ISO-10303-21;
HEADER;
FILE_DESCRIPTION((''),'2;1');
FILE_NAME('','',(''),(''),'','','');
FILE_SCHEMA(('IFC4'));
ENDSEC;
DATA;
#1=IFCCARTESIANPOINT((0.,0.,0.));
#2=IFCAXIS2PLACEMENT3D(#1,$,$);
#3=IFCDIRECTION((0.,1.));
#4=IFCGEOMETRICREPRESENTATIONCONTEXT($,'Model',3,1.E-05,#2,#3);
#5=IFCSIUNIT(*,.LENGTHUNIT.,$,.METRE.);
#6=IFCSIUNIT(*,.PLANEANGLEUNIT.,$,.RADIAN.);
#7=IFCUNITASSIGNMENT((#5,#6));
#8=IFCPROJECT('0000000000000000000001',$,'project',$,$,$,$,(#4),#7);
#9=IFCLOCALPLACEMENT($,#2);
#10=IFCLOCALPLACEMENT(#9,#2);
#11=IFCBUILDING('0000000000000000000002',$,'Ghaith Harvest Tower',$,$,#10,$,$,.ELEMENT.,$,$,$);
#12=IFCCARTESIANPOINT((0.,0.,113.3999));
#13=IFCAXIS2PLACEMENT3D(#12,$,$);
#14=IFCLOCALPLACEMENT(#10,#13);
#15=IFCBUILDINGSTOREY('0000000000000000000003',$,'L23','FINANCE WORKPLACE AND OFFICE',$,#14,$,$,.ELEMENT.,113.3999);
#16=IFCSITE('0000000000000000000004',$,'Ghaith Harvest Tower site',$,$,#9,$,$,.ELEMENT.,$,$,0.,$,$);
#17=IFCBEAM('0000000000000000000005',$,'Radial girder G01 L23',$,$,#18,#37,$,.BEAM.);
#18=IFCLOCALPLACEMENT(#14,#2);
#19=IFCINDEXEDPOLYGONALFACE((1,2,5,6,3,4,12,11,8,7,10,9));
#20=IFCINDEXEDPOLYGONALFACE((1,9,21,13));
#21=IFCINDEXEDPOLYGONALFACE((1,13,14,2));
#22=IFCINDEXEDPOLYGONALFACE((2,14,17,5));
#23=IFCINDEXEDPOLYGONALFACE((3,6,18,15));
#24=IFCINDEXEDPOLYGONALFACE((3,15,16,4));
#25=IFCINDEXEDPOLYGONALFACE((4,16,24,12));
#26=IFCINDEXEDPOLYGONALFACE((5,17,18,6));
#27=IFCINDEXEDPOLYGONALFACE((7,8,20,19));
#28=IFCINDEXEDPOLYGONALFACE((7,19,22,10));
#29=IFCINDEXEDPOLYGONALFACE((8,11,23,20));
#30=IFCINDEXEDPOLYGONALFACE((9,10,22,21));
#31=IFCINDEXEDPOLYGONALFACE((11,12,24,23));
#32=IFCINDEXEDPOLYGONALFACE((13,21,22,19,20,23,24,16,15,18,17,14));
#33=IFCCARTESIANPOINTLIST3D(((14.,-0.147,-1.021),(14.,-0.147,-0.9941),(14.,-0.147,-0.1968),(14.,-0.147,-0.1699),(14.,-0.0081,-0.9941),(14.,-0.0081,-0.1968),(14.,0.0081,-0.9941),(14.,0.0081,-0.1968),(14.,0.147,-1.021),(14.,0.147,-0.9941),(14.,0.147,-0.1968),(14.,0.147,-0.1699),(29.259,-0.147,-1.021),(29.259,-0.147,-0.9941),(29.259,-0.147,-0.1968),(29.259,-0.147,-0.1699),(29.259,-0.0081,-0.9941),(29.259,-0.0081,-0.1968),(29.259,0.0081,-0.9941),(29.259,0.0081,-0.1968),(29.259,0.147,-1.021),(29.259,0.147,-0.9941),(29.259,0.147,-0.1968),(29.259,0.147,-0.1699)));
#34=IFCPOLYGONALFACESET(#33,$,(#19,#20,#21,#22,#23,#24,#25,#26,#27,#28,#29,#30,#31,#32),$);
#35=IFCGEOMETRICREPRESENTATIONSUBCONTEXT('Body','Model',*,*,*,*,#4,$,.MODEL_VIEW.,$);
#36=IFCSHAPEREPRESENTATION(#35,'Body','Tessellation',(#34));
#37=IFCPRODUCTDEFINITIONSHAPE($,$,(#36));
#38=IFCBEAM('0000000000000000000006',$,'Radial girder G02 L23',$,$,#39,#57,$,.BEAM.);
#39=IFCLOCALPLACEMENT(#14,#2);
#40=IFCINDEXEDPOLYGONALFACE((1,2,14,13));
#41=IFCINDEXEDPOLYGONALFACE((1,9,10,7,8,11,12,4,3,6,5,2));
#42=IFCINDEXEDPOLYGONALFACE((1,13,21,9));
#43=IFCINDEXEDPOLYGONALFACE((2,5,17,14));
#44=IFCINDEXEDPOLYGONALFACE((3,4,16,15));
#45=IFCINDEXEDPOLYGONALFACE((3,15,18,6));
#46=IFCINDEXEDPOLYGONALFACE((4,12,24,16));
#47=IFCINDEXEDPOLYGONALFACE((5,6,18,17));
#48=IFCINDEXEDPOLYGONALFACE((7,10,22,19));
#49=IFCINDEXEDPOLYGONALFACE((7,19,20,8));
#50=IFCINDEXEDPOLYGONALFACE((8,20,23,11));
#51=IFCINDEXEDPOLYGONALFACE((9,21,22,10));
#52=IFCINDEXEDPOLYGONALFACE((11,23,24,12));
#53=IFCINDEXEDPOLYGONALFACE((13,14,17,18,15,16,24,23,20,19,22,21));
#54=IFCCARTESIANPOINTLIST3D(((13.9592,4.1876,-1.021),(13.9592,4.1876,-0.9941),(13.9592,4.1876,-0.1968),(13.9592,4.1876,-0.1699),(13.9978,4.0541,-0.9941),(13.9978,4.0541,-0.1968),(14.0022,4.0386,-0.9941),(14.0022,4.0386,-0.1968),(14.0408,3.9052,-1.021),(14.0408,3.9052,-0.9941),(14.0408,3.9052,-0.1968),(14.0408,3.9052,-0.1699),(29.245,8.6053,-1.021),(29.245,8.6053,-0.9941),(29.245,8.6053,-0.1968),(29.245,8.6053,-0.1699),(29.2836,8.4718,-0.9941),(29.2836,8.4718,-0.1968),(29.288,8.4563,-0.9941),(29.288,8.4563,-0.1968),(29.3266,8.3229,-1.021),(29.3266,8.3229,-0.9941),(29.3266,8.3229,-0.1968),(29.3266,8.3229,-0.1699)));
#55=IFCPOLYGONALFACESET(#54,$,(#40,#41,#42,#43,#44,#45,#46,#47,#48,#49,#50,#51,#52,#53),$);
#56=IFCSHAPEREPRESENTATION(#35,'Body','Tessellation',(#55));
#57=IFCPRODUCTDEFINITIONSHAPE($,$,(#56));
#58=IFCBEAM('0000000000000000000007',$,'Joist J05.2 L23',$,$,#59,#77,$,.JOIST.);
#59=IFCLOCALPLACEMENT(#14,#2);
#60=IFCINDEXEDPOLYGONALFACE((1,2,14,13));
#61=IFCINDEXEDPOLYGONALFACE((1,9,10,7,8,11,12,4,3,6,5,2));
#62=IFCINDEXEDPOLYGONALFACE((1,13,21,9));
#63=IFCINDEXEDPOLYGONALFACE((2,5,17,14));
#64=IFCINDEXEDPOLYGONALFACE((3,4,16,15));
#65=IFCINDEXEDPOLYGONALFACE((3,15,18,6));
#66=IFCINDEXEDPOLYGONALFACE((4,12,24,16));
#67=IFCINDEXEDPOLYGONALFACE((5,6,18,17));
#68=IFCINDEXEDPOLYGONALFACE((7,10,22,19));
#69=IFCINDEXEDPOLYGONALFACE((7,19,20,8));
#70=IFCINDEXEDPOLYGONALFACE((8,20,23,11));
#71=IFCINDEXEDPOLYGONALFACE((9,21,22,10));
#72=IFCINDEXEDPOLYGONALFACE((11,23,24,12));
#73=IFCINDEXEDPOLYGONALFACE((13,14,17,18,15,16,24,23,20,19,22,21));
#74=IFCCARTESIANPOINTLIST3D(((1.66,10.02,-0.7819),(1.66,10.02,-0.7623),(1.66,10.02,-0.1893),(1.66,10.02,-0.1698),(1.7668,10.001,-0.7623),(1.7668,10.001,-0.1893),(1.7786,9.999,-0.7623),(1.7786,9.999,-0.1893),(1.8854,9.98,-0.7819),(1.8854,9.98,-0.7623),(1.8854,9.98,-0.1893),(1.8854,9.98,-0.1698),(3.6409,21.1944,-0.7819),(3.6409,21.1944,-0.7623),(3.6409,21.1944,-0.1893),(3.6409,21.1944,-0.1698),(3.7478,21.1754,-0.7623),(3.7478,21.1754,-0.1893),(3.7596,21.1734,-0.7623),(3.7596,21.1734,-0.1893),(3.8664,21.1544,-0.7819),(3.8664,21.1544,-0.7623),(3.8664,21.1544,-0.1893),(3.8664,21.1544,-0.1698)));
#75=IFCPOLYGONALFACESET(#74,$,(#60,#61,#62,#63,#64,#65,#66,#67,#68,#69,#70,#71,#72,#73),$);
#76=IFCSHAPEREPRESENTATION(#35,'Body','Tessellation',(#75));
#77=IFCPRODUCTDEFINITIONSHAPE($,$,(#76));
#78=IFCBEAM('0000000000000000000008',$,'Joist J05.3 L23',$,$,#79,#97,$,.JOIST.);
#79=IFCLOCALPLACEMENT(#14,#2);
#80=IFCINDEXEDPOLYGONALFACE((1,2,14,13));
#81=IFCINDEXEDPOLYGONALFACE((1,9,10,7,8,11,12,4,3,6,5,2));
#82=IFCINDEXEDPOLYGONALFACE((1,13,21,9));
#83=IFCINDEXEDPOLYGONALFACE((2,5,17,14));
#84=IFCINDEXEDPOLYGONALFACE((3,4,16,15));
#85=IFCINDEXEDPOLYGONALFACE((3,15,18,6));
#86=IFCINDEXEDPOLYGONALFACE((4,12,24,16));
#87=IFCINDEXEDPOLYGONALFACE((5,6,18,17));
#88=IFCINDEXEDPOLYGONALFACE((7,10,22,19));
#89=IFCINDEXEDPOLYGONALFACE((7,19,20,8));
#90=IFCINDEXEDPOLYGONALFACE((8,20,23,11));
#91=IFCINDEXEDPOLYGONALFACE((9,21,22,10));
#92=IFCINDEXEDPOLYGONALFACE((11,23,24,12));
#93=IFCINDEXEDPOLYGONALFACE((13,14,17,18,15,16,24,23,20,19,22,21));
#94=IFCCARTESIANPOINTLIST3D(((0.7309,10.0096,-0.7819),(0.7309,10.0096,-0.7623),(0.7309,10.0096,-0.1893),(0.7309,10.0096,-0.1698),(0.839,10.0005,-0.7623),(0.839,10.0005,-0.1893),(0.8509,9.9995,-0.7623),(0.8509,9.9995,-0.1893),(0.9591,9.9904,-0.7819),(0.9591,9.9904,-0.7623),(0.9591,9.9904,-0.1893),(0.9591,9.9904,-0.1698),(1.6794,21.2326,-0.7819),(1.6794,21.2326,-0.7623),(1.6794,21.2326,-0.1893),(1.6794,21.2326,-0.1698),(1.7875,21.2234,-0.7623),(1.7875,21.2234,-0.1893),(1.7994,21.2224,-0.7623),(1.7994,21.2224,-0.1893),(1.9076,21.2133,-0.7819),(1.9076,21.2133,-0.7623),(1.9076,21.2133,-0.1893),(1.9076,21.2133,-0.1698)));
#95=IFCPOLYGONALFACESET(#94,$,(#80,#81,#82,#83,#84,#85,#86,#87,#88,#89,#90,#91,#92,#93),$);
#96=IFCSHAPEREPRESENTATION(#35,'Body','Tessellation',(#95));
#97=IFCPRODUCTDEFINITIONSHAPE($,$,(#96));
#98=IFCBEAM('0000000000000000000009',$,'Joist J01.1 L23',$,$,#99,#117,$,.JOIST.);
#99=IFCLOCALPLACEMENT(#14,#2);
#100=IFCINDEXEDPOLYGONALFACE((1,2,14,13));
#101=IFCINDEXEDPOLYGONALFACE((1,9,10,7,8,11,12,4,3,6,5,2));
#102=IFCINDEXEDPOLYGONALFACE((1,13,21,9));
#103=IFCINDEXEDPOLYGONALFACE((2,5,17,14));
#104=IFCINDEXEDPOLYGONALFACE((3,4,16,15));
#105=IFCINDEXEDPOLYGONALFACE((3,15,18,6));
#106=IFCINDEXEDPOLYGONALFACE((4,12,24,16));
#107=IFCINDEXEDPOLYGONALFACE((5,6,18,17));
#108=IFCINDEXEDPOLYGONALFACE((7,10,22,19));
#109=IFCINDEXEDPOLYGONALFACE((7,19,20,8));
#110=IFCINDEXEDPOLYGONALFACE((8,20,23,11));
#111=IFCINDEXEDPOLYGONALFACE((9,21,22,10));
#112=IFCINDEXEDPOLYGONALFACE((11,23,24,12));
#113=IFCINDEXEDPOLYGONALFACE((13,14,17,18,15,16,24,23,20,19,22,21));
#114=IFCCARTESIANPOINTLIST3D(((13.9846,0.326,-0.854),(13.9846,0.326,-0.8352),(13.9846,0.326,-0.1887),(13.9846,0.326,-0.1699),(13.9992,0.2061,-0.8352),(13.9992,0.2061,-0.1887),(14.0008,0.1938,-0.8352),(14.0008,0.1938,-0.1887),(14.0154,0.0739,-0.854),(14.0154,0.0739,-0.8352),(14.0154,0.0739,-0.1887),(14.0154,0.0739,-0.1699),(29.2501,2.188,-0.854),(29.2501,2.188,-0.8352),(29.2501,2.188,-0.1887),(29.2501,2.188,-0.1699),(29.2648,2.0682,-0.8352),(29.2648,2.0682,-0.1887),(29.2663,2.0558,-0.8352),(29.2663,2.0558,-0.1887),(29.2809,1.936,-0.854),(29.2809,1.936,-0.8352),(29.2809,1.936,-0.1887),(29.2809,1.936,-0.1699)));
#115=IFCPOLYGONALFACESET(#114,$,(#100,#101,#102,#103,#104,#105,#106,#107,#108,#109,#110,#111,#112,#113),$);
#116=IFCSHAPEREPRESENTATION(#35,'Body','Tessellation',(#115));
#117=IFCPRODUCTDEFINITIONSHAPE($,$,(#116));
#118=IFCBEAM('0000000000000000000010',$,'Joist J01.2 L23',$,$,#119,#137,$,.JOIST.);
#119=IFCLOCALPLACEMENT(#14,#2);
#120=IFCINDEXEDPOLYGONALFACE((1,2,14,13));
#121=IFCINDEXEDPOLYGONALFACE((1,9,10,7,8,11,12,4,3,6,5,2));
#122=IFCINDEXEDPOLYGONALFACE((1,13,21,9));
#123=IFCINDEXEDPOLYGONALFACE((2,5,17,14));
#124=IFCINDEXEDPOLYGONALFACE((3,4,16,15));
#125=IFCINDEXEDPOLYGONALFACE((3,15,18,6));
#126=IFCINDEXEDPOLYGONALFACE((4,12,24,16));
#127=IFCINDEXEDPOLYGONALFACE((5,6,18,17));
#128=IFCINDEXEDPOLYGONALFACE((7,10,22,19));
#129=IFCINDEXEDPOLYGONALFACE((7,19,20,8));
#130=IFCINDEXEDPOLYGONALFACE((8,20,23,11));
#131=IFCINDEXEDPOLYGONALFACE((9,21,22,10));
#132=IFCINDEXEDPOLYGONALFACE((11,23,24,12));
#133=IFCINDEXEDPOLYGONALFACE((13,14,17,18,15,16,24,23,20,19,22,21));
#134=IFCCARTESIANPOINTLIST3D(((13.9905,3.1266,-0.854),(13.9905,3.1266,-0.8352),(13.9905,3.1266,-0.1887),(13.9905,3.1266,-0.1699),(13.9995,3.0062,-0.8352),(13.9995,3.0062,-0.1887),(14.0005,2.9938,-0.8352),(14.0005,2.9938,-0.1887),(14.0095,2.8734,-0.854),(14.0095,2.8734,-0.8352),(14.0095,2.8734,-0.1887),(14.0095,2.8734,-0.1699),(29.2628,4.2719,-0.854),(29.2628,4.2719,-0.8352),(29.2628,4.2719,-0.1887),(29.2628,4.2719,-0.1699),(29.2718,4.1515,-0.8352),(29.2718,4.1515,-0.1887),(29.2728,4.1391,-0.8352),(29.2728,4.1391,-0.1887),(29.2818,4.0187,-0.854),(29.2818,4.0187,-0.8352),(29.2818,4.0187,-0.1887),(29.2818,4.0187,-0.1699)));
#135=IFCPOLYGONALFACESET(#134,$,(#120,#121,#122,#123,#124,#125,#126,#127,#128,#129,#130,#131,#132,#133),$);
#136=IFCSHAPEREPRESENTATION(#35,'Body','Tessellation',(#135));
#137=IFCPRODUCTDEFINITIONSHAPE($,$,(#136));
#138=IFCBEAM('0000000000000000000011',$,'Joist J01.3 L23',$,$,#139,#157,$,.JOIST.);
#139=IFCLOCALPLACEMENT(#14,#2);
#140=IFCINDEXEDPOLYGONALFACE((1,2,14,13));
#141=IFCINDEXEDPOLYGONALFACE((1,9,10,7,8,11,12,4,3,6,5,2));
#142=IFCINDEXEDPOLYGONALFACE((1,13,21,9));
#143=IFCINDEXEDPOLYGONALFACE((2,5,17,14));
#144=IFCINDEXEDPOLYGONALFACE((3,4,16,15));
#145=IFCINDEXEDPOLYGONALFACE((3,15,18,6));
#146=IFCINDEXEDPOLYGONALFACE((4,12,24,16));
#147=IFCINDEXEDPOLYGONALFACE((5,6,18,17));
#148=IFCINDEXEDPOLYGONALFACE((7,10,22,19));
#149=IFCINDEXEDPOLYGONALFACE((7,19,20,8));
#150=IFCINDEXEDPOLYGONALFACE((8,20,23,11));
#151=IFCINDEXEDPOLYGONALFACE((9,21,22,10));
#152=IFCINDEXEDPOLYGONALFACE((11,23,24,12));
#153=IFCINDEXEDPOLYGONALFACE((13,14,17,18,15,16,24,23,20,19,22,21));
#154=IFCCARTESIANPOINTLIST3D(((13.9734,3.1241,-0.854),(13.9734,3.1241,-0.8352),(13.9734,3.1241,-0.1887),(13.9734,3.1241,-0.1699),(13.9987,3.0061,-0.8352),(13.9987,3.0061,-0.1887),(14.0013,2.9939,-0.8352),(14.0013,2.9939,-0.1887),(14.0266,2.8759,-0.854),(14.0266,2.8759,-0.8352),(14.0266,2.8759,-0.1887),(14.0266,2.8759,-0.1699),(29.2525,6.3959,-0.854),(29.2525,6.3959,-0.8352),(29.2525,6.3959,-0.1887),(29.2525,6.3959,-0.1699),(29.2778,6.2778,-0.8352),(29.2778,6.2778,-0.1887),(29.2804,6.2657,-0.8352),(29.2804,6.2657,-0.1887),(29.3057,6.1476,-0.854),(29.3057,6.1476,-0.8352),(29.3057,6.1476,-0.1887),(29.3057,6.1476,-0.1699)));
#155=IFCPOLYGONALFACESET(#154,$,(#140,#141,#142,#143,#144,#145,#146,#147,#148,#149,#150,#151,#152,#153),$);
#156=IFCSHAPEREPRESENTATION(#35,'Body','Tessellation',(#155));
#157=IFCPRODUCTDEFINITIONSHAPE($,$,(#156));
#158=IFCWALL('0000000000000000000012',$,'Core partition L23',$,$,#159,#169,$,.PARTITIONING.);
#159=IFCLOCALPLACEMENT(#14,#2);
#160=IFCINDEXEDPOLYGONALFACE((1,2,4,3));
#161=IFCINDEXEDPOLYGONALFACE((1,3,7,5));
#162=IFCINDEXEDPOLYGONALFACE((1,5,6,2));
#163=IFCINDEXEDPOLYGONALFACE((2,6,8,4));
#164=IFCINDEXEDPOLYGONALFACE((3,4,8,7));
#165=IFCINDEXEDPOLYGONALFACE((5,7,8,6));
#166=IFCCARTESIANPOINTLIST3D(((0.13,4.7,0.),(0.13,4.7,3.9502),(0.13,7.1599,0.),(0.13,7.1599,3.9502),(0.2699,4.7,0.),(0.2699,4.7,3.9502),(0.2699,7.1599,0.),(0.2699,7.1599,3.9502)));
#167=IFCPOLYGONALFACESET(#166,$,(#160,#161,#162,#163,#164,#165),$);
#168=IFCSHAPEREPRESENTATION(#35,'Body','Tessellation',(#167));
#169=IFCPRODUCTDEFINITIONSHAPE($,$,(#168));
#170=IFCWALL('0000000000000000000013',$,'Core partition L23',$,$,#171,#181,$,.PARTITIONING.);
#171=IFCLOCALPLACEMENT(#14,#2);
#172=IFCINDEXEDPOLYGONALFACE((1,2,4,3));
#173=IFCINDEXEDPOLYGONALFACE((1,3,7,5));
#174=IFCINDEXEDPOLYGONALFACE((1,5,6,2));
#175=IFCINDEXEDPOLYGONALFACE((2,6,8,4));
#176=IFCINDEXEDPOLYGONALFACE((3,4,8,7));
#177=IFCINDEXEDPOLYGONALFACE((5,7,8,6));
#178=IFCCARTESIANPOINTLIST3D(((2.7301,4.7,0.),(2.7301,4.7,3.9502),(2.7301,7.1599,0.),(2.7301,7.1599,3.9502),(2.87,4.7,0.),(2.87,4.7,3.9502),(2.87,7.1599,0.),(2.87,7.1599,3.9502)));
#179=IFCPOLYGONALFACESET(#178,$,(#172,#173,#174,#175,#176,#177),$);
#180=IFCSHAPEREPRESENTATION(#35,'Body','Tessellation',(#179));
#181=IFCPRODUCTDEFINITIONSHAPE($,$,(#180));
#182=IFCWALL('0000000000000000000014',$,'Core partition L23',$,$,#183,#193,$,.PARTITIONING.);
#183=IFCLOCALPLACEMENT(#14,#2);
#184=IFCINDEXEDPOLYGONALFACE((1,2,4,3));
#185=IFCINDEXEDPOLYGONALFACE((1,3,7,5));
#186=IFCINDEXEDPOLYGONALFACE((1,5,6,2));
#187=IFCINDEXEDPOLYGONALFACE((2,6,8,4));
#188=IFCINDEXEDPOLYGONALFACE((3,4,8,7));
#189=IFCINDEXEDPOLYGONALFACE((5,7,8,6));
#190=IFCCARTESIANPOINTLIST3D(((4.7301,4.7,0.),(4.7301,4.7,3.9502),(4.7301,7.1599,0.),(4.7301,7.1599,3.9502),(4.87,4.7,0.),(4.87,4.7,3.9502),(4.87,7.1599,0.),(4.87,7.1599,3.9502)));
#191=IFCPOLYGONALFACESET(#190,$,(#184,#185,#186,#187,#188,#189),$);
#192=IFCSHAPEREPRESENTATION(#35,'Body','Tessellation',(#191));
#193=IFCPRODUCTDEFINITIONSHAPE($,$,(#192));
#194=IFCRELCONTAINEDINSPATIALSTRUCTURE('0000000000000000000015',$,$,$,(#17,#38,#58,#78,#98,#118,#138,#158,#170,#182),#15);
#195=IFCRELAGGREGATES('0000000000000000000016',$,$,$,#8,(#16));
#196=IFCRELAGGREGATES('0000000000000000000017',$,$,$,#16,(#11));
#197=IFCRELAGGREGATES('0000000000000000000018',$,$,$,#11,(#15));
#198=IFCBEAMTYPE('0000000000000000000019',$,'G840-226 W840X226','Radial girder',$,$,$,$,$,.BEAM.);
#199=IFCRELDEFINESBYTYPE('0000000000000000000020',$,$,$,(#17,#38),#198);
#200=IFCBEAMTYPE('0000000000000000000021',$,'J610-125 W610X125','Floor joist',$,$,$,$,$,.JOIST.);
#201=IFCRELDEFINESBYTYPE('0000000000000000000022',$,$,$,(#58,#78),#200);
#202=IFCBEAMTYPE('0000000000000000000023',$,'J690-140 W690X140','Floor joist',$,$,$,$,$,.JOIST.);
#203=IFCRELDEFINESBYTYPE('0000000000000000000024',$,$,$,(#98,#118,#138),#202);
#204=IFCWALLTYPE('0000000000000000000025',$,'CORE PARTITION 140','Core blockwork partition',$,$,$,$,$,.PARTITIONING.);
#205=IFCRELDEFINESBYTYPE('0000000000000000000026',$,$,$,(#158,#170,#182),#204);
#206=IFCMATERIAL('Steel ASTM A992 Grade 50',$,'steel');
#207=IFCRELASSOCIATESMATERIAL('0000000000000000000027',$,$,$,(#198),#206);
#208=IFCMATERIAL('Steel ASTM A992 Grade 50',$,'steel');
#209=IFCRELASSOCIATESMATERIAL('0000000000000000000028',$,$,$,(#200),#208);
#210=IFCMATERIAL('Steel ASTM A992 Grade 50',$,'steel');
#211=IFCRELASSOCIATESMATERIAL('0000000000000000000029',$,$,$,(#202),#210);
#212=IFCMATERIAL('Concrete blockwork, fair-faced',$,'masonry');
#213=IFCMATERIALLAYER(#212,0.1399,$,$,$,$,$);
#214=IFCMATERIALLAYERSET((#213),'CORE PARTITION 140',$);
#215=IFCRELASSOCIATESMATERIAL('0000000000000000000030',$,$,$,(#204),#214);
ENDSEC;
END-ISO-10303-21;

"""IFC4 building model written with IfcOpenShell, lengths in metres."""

from ifc_helpers import new_model, si_unit, direction, frame, frame_2d, origin, origin_2d, place, context, subcontext, project, spatial, rectangle, i_section, extrude, material, layer, layer_set, material_profile, profile_set, type_object, element, save


model = new_model("IFC4")

# Units and contexts
model_context = context("Model", 3, precision=1e-05, world=origin(), true_north=direction((0.0, 1.0)))
body_context = subcontext(model_context, "Body", "Model", "MODEL_VIEW")
ifc_project = project(units=[si_unit("LENGTHUNIT", "METRE"), si_unit("PLANEANGLEUNIT", "RADIAN")], contexts=[model_context])

# Site, building, storey
site_placement = place(None, origin())
site = spatial("IfcSite", under=ifc_project, at=site_placement, Name="Ghaith Harvest Tower site", CompositionType="ELEMENT", RefElevation=0.0)
building_placement = place(site_placement, origin())
building = spatial("IfcBuilding", under=site, at=building_placement, Name="Ghaith Harvest Tower", CompositionType="ELEMENT")
storey_placement = place(building_placement, frame((0.0, 0.0, 113.3999)))
storey = spatial("IfcBuildingStorey", under=building, at=storey_placement, Name="L23", Description="FINANCE WORKPLACE AND OFFICE", CompositionType="ELEMENT", Elevation=113.3999)

# Beams
ifc_material_1 = material(Name="Steel ASTM A992 Grade 50", Category="steel")
ifc_material_profile_1 = material_profile(ifc_material_1, i_section(OverallWidth=0.2939, OverallDepth=0.8511, WebThickness=0.0161, FlangeThickness=0.0269, at=origin_2d()), Name="W840X226")
ifc_profile_set_1 = profile_set([ifc_material_profile_1], Name="Steel ASTM A992 Grade 50")
beam_type_1 = type_object("IfcBeamType", Name="G840-226 W840X226", Description="Radial girder", PredefinedType="BEAM", material=ifc_profile_set_1)
beam_1_placement = place(storey_placement, frame((14.0, 0.0, -0.5955), z_axis=(1.0, 0.0, 0.0), x_axis=(0.0, 1.0, 0.0)))
element("IfcBeam", 1, at=beam_1_placement, inside=storey, type_object=beam_type_1, Name="Radial girder G01 L23", PredefinedType="BEAM", context=body_context, shape_type="SweptSolid", body=[
    extrude(i_section(OverallWidth=0.2939, OverallDepth=0.8511, WebThickness=0.0161, FlangeThickness=0.0269, at=origin_2d()), origin(), (0.0, 0.0, 1.0), 15.259),
])
beam_2_placement = place(storey_placement, frame((14.0, 4.0464, -0.5955), z_axis=(0.960684, 0.277644, 0.0), x_axis=(-0.277644, 0.960684, 0.0)))
element("IfcBeam", 2, at=beam_2_placement, inside=storey, type_object=beam_type_1, Name="Radial girder G02 L23", PredefinedType="BEAM", context=body_context, shape_type="SweptSolid", body=[
    extrude(i_section(OverallWidth=0.2939, OverallDepth=0.8511, WebThickness=0.0161, FlangeThickness=0.0269, at=origin_2d()), origin(), (0.0, 0.0, 1.0), 15.9114),
])
ifc_material_2 = material(Name="Steel ASTM A992 Grade 50", Category="steel")
ifc_material_profile_2 = material_profile(ifc_material_2, i_section(OverallWidth=0.229, OverallDepth=0.6121, WebThickness=0.012, FlangeThickness=0.0195, at=origin_2d()), Name="W610X125")
ifc_profile_set_2 = profile_set([ifc_material_profile_2], Name="Steel ASTM A992 Grade 50")
beam_type_2 = type_object("IfcBeamType", Name="J610-125 W610X125", Description="Floor joist", PredefinedType="JOIST", material=ifc_profile_set_2)
beam_3_placement = place(storey_placement, frame((1.7727, 10.0, -0.4758), z_axis=(0.174556, 0.984647, 0.0), x_axis=(-0.984647, 0.174556, 0.0)))
element("IfcBeam", 3, at=beam_3_placement, inside=storey, type_object=beam_type_2, Name="Joist J05.2 L23", PredefinedType="JOIST", context=body_context, shape_type="SweptSolid", body=[
    extrude(i_section(OverallWidth=0.229, OverallDepth=0.6121, WebThickness=0.012, FlangeThickness=0.0195, at=origin_2d()), origin(), (0.0, 0.0, 1.0), 11.3486),
])
beam_4_placement = place(storey_placement, frame((0.845, 10.0, -0.4758), z_axis=(0.084213, 0.996448, 0.0), x_axis=(-0.996448, 0.084213, 0.0)))
element("IfcBeam", 4, at=beam_4_placement, inside=storey, type_object=beam_type_2, Name="Joist J05.3 L23", PredefinedType="JOIST", context=body_context, shape_type="SweptSolid", body=[
    extrude(i_section(OverallWidth=0.229, OverallDepth=0.6121, WebThickness=0.012, FlangeThickness=0.0195, at=origin_2d()), origin(), (0.0, 0.0, 1.0), 11.2629),
])
ifc_material_3 = material(Name="Steel ASTM A992 Grade 50", Category="steel")
ifc_material_profile_3 = material_profile(ifc_material_3, i_section(OverallWidth=0.2539, OverallDepth=0.6841, WebThickness=0.0125, FlangeThickness=0.0188, at=origin_2d()), Name="W690X140")
ifc_profile_set_3 = profile_set([ifc_material_profile_3], Name="Steel ASTM A992 Grade 50")
beam_type_3 = type_object("IfcBeamType", Name="J690-140 W690X140", Description="Floor joist", PredefinedType="JOIST", material=ifc_profile_set_3)
beam_5_placement = place(storey_placement, frame((14.0, 0.2, -0.512), z_axis=(0.992643, 0.12108, 0.0), x_axis=(-0.12108, 0.992643, 0.0)))
element("IfcBeam", 5, at=beam_5_placement, inside=storey, type_object=beam_type_3, Name="Joist J01.1 L23", PredefinedType="JOIST", context=body_context, shape_type="SweptSolid", body=[
    extrude(i_section(OverallWidth=0.2539, OverallDepth=0.6841, WebThickness=0.0125, FlangeThickness=0.0188, at=origin_2d()), origin(), (0.0, 0.0, 1.0), 15.3787),
])
beam_6_placement = place(storey_placement, frame((14.0, 3.0, -0.512), z_axis=(0.9972, 0.07478, 0.0), x_axis=(-0.07478, 0.9972, 0.0)))
element("IfcBeam", 6, at=beam_6_placement, inside=storey, type_object=beam_type_3, Name="Joist J01.2 L23", PredefinedType="JOIST", context=body_context, shape_type="SweptSolid", body=[
    extrude(i_section(OverallWidth=0.2539, OverallDepth=0.6841, WebThickness=0.0125, FlangeThickness=0.0188, at=origin_2d()), origin(), (0.0, 0.0, 1.0), 15.3152),
])
beam_7_placement = place(storey_placement, frame((14.0, 3.0, -0.512), z_axis=(0.977833, 0.209385, 0.0), x_axis=(-0.209385, 0.977833, 0.0)))
element("IfcBeam", 7, at=beam_7_placement, inside=storey, type_object=beam_type_3, Name="Joist J01.3 L23", PredefinedType="JOIST", context=body_context, shape_type="SweptSolid", body=[
    extrude(i_section(OverallWidth=0.2539, OverallDepth=0.6841, WebThickness=0.0125, FlangeThickness=0.0188, at=origin_2d()), origin(), (0.0, 0.0, 1.0), 15.6255),
])

# Walls
ifc_material_4 = material(Name="Concrete blockwork, fair-faced", Category="masonry")
ifc_layer_1 = layer(ifc_material_4, 0.1399)
ifc_layer_set_1 = layer_set([ifc_layer_1], Name="CORE PARTITION 140")
wall_type_1 = type_object("IfcWallType", Name="CORE PARTITION 140", Description="Core blockwork partition", PredefinedType="PARTITIONING", material=ifc_layer_set_1)
for number, where, z_axis, x_axis, name in (
    (8, (0.2, 4.7, 0.0), (0.0, 0.0, 1.0), (0.0, 1.0, 0.0), "Core partition L23"),
    (9, (2.8, 4.7, 0.0), (0.0, 0.0, 1.0), (0.0, 1.0, 0.0), "Core partition L23"),
    (10, (4.8, 4.7, 0.0), (0.0, 0.0, 1.0), (0.0, 1.0, 0.0), "Core partition L23"),
):
    element("IfcWall", number, at=place(storey_placement, frame(where, z_axis=z_axis, x_axis=x_axis)), inside=storey, type_object=wall_type_1, Name=name, PredefinedType="PARTITIONING", context=body_context, shape_type="SweptSolid", body=[
        extrude(rectangle(XDim=2.46, YDim=0.1399, at=frame_2d((1.23, 0.0))), origin(), (0.0, 0.0, 1.0), 3.9502),
    ])

save(model, "model.ifc")
